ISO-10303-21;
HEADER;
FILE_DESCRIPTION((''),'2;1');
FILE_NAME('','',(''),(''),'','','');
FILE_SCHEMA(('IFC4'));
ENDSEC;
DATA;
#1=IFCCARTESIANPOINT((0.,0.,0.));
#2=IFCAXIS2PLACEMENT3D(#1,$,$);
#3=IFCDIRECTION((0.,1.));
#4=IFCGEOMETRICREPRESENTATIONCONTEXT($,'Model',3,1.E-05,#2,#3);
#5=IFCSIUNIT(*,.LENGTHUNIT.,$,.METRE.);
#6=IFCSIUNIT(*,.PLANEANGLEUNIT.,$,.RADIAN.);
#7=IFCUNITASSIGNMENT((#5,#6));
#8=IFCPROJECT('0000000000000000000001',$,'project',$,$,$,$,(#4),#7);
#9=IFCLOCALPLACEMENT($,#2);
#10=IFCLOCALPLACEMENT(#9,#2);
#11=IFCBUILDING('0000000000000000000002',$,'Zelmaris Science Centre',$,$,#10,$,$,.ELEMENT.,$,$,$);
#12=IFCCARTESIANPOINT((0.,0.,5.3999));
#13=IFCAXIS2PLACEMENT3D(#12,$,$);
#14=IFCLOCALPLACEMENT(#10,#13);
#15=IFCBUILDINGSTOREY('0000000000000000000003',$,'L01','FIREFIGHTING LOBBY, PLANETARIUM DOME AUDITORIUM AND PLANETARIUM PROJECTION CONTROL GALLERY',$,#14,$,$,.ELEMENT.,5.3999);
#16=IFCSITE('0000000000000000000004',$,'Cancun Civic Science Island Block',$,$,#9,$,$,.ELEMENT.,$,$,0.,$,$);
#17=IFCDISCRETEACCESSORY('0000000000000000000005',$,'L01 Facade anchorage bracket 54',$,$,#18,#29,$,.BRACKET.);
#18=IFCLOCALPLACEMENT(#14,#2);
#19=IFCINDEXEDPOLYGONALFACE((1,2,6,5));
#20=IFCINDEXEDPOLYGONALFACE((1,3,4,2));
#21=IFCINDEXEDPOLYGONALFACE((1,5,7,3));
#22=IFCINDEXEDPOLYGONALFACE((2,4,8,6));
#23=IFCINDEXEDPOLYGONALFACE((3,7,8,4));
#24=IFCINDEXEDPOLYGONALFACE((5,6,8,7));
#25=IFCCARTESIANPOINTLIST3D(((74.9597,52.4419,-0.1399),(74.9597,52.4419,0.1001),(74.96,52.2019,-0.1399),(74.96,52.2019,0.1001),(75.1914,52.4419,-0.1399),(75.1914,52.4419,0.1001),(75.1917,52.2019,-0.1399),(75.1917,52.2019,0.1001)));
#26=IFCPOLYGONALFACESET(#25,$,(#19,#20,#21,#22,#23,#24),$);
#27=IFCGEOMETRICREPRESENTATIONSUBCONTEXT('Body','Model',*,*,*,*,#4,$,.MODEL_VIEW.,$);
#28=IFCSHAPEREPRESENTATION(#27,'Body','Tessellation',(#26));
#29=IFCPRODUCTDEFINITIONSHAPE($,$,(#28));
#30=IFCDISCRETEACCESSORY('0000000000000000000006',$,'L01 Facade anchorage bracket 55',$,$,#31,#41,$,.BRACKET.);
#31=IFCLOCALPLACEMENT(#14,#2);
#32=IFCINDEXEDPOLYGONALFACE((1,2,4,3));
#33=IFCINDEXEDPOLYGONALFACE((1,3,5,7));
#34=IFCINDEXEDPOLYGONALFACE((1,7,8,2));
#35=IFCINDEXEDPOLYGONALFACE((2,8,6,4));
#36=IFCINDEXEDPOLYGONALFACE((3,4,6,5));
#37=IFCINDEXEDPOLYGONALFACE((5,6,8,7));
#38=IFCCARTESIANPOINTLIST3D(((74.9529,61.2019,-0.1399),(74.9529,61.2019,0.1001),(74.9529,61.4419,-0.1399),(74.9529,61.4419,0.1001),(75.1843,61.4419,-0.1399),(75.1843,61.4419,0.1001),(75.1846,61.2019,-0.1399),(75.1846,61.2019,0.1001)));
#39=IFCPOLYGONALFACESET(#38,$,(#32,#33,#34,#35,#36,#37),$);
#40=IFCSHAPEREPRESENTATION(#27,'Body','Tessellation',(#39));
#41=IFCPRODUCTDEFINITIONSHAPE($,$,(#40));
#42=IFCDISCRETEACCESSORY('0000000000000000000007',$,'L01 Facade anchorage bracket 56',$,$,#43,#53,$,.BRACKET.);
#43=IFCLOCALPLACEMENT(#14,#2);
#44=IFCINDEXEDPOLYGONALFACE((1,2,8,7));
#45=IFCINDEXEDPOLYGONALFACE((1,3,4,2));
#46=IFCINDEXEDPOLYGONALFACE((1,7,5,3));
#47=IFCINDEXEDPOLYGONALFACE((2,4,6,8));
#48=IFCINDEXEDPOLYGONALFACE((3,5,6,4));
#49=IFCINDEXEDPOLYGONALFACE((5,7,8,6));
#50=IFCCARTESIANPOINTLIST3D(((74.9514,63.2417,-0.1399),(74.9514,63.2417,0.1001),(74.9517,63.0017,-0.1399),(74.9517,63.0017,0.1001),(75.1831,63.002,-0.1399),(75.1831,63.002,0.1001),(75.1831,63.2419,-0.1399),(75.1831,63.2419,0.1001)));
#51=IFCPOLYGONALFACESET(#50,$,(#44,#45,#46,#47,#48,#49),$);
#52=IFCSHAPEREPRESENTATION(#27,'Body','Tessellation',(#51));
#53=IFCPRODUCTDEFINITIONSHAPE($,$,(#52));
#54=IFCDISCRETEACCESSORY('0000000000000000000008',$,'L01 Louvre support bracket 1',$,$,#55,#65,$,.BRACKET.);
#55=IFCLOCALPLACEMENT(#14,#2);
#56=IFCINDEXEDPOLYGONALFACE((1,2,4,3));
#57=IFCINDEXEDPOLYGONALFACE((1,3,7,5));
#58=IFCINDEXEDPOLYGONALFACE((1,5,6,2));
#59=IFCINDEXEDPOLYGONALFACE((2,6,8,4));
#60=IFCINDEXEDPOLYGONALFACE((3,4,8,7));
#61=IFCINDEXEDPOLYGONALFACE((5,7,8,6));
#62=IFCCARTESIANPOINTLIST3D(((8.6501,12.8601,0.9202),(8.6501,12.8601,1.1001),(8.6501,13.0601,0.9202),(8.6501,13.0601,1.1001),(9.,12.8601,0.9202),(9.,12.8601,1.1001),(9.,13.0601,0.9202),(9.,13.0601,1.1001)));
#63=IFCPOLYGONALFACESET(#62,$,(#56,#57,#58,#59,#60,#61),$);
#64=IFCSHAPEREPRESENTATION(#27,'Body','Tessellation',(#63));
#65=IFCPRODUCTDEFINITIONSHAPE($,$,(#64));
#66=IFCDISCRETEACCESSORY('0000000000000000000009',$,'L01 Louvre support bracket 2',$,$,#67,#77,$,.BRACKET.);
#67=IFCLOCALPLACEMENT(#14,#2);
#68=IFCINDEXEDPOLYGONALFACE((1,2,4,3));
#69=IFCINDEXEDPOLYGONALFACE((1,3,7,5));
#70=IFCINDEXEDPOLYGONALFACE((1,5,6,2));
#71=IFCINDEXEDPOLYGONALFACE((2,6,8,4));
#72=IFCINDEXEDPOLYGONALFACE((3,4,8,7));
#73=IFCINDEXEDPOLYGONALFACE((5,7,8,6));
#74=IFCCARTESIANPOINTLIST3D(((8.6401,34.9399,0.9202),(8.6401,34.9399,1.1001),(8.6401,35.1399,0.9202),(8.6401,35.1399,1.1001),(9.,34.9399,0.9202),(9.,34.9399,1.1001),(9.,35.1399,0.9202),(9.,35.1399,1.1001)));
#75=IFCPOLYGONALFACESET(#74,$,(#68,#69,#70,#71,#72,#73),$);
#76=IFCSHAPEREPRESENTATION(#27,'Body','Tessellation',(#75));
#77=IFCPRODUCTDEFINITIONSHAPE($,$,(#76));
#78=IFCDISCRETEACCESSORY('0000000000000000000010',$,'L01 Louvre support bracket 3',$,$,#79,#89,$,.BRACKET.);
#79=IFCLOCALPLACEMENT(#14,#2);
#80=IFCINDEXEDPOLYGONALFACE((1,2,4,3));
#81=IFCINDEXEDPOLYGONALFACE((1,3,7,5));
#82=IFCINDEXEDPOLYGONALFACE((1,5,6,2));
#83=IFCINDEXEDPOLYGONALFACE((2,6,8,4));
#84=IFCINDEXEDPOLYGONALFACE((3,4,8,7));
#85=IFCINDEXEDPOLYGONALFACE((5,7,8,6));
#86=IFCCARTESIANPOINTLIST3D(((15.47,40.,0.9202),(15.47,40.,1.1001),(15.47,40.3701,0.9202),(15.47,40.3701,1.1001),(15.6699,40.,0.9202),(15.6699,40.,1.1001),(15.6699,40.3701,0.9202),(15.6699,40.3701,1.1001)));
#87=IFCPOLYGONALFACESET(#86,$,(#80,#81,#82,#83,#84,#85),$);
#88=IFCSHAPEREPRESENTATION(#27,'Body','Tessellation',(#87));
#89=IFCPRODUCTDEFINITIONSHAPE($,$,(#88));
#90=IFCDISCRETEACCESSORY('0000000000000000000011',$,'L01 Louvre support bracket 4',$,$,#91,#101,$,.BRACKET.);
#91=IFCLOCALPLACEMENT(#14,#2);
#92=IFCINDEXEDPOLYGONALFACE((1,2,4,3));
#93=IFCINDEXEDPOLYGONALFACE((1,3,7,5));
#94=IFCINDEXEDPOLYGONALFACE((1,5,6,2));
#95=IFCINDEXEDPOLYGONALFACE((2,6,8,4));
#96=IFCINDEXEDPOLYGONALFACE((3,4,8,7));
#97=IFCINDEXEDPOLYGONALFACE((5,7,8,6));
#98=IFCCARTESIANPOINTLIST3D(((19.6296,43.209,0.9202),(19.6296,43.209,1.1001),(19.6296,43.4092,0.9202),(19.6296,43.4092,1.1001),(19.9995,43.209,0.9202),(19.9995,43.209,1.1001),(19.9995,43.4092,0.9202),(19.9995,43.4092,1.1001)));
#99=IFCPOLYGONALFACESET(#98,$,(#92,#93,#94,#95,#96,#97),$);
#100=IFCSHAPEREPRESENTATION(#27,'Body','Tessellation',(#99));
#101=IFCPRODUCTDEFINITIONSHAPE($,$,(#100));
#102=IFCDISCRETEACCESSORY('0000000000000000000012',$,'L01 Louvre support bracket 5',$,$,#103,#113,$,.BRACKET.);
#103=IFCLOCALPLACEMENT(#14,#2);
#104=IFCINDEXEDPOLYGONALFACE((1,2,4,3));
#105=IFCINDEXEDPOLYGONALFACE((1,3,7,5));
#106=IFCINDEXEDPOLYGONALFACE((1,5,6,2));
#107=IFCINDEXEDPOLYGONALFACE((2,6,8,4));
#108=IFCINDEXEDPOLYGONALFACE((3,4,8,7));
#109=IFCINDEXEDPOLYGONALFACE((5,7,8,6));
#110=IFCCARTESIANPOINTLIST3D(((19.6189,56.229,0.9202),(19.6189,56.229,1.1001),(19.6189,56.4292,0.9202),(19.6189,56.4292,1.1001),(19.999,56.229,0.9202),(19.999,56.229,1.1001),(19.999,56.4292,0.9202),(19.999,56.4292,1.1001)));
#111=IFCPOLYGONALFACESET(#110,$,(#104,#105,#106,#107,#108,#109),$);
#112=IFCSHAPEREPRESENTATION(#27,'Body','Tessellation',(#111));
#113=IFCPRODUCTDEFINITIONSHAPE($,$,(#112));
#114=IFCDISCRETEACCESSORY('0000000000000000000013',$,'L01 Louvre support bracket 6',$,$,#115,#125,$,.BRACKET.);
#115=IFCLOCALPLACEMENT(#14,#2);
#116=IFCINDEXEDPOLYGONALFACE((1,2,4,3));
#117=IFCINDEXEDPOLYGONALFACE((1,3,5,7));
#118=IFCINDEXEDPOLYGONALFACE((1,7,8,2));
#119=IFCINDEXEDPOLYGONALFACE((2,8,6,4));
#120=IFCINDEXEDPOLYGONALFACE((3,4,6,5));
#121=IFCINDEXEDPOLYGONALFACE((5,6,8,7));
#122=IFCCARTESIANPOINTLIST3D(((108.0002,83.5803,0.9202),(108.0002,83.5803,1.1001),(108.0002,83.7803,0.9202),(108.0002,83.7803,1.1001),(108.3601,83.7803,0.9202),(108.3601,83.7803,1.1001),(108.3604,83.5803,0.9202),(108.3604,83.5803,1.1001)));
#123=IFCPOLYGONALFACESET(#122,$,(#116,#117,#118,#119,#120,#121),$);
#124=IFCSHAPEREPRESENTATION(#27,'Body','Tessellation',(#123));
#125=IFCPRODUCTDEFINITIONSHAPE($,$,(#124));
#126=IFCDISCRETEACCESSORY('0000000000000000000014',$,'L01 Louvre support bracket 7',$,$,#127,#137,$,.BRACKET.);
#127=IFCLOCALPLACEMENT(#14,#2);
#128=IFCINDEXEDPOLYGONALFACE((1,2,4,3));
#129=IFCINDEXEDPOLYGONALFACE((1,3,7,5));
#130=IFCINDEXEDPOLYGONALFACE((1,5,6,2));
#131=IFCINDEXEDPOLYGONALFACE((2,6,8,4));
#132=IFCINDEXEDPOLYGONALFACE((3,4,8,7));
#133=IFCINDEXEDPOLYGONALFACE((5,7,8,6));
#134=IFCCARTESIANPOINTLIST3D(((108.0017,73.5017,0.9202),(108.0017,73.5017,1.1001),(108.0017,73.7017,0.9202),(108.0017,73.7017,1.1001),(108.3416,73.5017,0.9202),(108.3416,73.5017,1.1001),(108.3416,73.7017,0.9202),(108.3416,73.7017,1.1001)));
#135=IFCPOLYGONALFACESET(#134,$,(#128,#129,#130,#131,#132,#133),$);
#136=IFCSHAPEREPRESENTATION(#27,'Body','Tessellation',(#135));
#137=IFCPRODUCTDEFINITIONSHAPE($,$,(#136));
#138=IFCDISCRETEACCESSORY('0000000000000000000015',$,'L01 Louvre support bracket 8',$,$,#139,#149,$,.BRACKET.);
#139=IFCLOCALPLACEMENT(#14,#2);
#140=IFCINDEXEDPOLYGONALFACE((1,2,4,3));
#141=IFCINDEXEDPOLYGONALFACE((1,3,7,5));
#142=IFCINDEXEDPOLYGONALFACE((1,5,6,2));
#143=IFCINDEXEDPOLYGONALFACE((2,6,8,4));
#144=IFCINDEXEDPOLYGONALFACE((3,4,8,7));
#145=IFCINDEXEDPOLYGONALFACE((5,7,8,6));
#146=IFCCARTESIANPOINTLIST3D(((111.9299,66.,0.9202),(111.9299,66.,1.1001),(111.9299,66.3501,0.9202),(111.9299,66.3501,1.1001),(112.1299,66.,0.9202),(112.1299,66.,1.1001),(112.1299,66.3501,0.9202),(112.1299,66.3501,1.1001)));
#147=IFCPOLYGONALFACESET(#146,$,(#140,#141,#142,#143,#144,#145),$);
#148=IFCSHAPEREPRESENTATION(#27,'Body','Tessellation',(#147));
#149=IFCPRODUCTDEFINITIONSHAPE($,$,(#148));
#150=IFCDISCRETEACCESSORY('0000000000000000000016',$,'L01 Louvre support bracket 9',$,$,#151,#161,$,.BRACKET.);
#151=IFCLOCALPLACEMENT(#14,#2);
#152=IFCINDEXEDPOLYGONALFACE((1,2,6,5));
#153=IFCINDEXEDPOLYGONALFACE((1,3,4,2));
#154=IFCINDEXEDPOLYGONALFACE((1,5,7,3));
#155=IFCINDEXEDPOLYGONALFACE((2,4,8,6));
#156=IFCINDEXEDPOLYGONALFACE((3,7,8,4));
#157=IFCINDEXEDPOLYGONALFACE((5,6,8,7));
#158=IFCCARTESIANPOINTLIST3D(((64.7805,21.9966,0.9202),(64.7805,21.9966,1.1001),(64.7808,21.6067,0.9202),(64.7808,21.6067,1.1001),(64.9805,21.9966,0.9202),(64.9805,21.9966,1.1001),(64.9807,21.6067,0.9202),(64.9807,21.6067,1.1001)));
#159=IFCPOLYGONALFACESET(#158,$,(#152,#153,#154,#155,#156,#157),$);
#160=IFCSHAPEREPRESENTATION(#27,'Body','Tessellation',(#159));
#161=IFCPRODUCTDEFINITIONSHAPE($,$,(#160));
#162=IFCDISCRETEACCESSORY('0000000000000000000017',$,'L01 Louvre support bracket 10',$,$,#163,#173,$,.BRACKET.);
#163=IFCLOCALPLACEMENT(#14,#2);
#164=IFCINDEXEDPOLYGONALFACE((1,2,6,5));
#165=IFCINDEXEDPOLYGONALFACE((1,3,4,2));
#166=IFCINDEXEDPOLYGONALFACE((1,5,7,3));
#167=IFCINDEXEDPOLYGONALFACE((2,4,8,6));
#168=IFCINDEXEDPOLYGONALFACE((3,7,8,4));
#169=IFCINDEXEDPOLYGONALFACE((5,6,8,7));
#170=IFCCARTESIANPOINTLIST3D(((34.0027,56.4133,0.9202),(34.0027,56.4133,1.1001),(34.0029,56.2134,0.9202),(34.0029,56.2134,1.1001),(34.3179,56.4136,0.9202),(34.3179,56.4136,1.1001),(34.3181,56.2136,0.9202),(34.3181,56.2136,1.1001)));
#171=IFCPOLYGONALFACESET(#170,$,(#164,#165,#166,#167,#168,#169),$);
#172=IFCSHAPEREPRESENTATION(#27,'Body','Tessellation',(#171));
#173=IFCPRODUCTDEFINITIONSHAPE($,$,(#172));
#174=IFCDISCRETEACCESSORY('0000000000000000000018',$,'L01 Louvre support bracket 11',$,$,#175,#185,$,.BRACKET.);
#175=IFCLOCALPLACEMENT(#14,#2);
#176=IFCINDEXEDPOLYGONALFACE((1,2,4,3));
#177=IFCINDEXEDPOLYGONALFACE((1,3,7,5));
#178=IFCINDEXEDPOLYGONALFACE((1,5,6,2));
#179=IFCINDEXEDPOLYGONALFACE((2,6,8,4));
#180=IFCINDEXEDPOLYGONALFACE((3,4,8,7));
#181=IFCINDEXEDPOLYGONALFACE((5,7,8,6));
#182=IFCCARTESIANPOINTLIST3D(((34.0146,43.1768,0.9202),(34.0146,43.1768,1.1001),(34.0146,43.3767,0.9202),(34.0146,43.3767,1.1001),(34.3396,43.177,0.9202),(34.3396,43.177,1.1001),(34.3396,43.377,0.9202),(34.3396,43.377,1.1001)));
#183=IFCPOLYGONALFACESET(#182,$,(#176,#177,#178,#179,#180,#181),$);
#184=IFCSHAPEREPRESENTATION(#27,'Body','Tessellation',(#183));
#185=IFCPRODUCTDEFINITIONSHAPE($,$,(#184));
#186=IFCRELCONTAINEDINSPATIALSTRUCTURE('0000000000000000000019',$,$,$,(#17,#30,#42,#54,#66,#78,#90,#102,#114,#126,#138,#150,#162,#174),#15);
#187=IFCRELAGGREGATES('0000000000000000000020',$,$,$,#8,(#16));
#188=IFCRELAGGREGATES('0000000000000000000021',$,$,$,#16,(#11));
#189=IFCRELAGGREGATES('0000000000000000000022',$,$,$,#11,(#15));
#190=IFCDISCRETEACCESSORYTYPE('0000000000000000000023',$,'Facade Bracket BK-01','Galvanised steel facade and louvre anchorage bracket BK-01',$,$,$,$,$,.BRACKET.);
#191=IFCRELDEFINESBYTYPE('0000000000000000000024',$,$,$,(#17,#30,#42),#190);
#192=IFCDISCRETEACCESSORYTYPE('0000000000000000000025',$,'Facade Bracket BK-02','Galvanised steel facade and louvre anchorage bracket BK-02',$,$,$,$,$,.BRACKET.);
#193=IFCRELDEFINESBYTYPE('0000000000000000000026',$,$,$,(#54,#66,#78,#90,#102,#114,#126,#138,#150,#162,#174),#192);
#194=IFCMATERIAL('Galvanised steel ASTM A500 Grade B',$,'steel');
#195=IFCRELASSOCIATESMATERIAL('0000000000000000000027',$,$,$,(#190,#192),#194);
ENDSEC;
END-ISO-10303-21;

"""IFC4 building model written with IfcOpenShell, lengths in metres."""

from ifc_helpers import new_model, si_unit, direction, frame, origin, place, context, subcontext, project, spatial, polyline, outline, extrude, material, type_object, element, save


model = new_model("IFC4")

# Units and contexts
model_context = context("Model", 3, precision=1e-05, world=origin(), true_north=direction((0.0, 1.0)))
body_context = subcontext(model_context, "Body", "Model", "MODEL_VIEW")
ifc_project = project(units=[si_unit("LENGTHUNIT", "METRE"), si_unit("PLANEANGLEUNIT", "RADIAN")], contexts=[model_context])

# Site, building, storey
site_placement = place(None, origin())
site = spatial("IfcSite", under=ifc_project, at=site_placement, Name="Cancun Civic Science Island Block", CompositionType="ELEMENT", RefElevation=0.0)
building_placement = place(site_placement, origin())
building = spatial("IfcBuilding", under=site, at=building_placement, Name="Zelmaris Science Centre", CompositionType="ELEMENT")
storey_placement = place(building_placement, frame((0.0, 0.0, 5.3999)))
storey = spatial("IfcBuildingStorey", under=building, at=storey_placement, Name="L01", Description="FIREFIGHTING LOBBY, PLANETARIUM DOME AUDITORIUM AND PLANETARIUM PROJECTION CONTROL GALLERY", CompositionType="ELEMENT", Elevation=5.3999)

# Discrete accessories
ifc_material_1 = material(Name="Galvanised steel ASTM A500 Grade B", Category="steel")
discrete_accessory_type_1 = type_object("IfcDiscreteAccessoryType", Name="Facade Bracket BK-01", Description="Galvanised steel facade and louvre anchorage bracket BK-01", PredefinedType="BRACKET", material=ifc_material_1)
discrete_accessory_1_placement = place(storey_placement, frame((0.0, 0.0, -0.1399)))
element("IfcDiscreteAccessory", 1, at=discrete_accessory_1_placement, inside=storey, type_object=discrete_accessory_type_1, Name="L01 Facade anchorage bracket 54", PredefinedType="BRACKET", context=body_context, shape_type="SweptSolid", body=[
    extrude(outline(polyline([(75.1917, 52.2019), (75.1914, 52.4419), (74.9597, 52.4419), (74.96, 52.2019), (75.1917, 52.2019)])), origin(), (0.0, 0.0, 1.0), 0.24),
])
discrete_accessory_2_placement = place(storey_placement, frame((0.0, 0.0, -0.1399)))
element("IfcDiscreteAccessory", 2, at=discrete_accessory_2_placement, inside=storey, type_object=discrete_accessory_type_1, Name="L01 Facade anchorage bracket 55", PredefinedType="BRACKET", context=body_context, shape_type="SweptSolid", body=[
    extrude(outline(polyline([(75.1846, 61.2019), (75.1843, 61.4419), (74.9529, 61.4419), (74.9529, 61.2019), (75.1846, 61.2019)])), origin(), (0.0, 0.0, 1.0), 0.24),
])
discrete_accessory_3_placement = place(storey_placement, frame((0.0, 0.0, -0.1399)))
element("IfcDiscreteAccessory", 3, at=discrete_accessory_3_placement, inside=storey, type_object=discrete_accessory_type_1, Name="L01 Facade anchorage bracket 56", PredefinedType="BRACKET", context=body_context, shape_type="SweptSolid", body=[
    extrude(outline(polyline([(75.1831, 63.002), (75.1831, 63.2419), (74.9514, 63.2417), (74.9517, 63.0017), (75.1831, 63.002)])), origin(), (0.0, 0.0, 1.0), 0.24),
])
discrete_accessory_type_2 = type_object("IfcDiscreteAccessoryType", Name="Facade Bracket BK-02", Description="Galvanised steel facade and louvre anchorage bracket BK-02", PredefinedType="BRACKET", material=ifc_material_1)
discrete_accessory_4_placement = place(storey_placement, frame((0.0, 0.0, 0.9202)))
element("IfcDiscreteAccessory", 4, at=discrete_accessory_4_placement, inside=storey, type_object=discrete_accessory_type_2, Name="L01 Louvre support bracket 1", PredefinedType="BRACKET", context=body_context, shape_type="SweptSolid", body=[
    extrude(outline(polyline([(9.0, 12.8601), (9.0, 13.0601), (8.6501, 13.0601), (8.6501, 12.8601), (9.0, 12.8601)])), origin(), (0.0, 0.0, 1.0), 0.1799),
])
discrete_accessory_5_placement = place(storey_placement, frame((0.0, 0.0, 0.9202)))
element("IfcDiscreteAccessory", 5, at=discrete_accessory_5_placement, inside=storey, type_object=discrete_accessory_type_2, Name="L01 Louvre support bracket 2", PredefinedType="BRACKET", context=body_context, shape_type="SweptSolid", body=[
    extrude(outline(polyline([(9.0, 34.9399), (9.0, 35.1399), (8.6401, 35.1399), (8.6401, 34.9399), (9.0, 34.9399)])), origin(), (0.0, 0.0, 1.0), 0.1799),
])
discrete_accessory_6_placement = place(storey_placement, frame((0.0, 0.0, 0.9202)))
element("IfcDiscreteAccessory", 6, at=discrete_accessory_6_placement, inside=storey, type_object=discrete_accessory_type_2, Name="L01 Louvre support bracket 3", PredefinedType="BRACKET", context=body_context, shape_type="SweptSolid", body=[
    extrude(outline(polyline([(15.47, 40.0), (15.6699, 40.0), (15.6699, 40.3701), (15.47, 40.3701), (15.47, 40.0)])), origin(), (0.0, 0.0, 1.0), 0.1799),
])
discrete_accessory_7_placement = place(storey_placement, frame((0.0, 0.0, 0.9202)))
element("IfcDiscreteAccessory", 7, at=discrete_accessory_7_placement, inside=storey, type_object=discrete_accessory_type_2, Name="L01 Louvre support bracket 4", PredefinedType="BRACKET", context=body_context, shape_type="SweptSolid", body=[
    extrude(outline(polyline([(19.9995, 43.209), (19.9995, 43.4092), (19.6296, 43.4092), (19.6296, 43.209), (19.9995, 43.209)])), origin(), (0.0, 0.0, 1.0), 0.1799),
])
discrete_accessory_8_placement = place(storey_placement, frame((0.0, 0.0, 0.9202)))
element("IfcDiscreteAccessory", 8, at=discrete_accessory_8_placement, inside=storey, type_object=discrete_accessory_type_2, Name="L01 Louvre support bracket 5", PredefinedType="BRACKET", context=body_context, shape_type="SweptSolid", body=[
    extrude(outline(polyline([(19.999, 56.229), (19.999, 56.4292), (19.6189, 56.4292), (19.6189, 56.229), (19.999, 56.229)])), origin(), (0.0, 0.0, 1.0), 0.1799),
])
discrete_accessory_9_placement = place(storey_placement, frame((0.0, 0.0, 0.9202)))
element("IfcDiscreteAccessory", 9, at=discrete_accessory_9_placement, inside=storey, type_object=discrete_accessory_type_2, Name="L01 Louvre support bracket 6", PredefinedType="BRACKET", context=body_context, shape_type="SweptSolid", body=[
    extrude(outline(polyline([(108.0002, 83.7803), (108.0002, 83.5803), (108.3604, 83.5803), (108.3601, 83.7803), (108.0002, 83.7803)])), origin(), (0.0, 0.0, 1.0), 0.1799),
])
discrete_accessory_10_placement = place(storey_placement, frame((0.0, 0.0, 0.9202)))
element("IfcDiscreteAccessory", 10, at=discrete_accessory_10_placement, inside=storey, type_object=discrete_accessory_type_2, Name="L01 Louvre support bracket 7", PredefinedType="BRACKET", context=body_context, shape_type="SweptSolid", body=[
    extrude(outline(polyline([(108.0017, 73.7017), (108.0017, 73.5017), (108.3416, 73.5017), (108.3416, 73.7017), (108.0017, 73.7017)])), origin(), (0.0, 0.0, 1.0), 0.1799),
])
discrete_accessory_11_placement = place(storey_placement, frame((0.0, 0.0, 0.9202)))
element("IfcDiscreteAccessory", 11, at=discrete_accessory_11_placement, inside=storey, type_object=discrete_accessory_type_2, Name="L01 Louvre support bracket 8", PredefinedType="BRACKET", context=body_context, shape_type="SweptSolid", body=[
    extrude(outline(polyline([(111.9299, 66.0), (112.1299, 66.0), (112.1299, 66.3501), (111.9299, 66.3501), (111.9299, 66.0)])), origin(), (0.0, 0.0, 1.0), 0.1799),
])
discrete_accessory_12_placement = place(storey_placement, frame((0.0, 0.0, 0.9202)))
element("IfcDiscreteAccessory", 12, at=discrete_accessory_12_placement, inside=storey, type_object=discrete_accessory_type_2, Name="L01 Louvre support bracket 9", PredefinedType="BRACKET", context=body_context, shape_type="SweptSolid", body=[
    extrude(outline(polyline([(64.9805, 21.9966), (64.7805, 21.9966), (64.7808, 21.6067), (64.9807, 21.6067), (64.9805, 21.9966)])), origin(), (0.0, 0.0, 1.0), 0.1799),
])
discrete_accessory_13_placement = place(storey_placement, frame((0.0, 0.0, 0.9202)))
element("IfcDiscreteAccessory", 13, at=discrete_accessory_13_placement, inside=storey, type_object=discrete_accessory_type_2, Name="L01 Louvre support bracket 10", PredefinedType="BRACKET", context=body_context, shape_type="SweptSolid", body=[
    extrude(outline(polyline([(34.0027, 56.4133), (34.0029, 56.2134), (34.3181, 56.2136), (34.3179, 56.4136), (34.0027, 56.4133)])), origin(), (0.0, 0.0, 1.0), 0.1799),
])
discrete_accessory_14_placement = place(storey_placement, frame((0.0, 0.0, 0.9202)))
element("IfcDiscreteAccessory", 14, at=discrete_accessory_14_placement, inside=storey, type_object=discrete_accessory_type_2, Name="L01 Louvre support bracket 11", PredefinedType="BRACKET", context=body_context, shape_type="SweptSolid", body=[
    extrude(outline(polyline([(34.0146, 43.3767), (34.0146, 43.1768), (34.3396, 43.177), (34.3396, 43.377), (34.0146, 43.3767)])), origin(), (0.0, 0.0, 1.0), 0.1799),
])

save(model, "model.ifc")
